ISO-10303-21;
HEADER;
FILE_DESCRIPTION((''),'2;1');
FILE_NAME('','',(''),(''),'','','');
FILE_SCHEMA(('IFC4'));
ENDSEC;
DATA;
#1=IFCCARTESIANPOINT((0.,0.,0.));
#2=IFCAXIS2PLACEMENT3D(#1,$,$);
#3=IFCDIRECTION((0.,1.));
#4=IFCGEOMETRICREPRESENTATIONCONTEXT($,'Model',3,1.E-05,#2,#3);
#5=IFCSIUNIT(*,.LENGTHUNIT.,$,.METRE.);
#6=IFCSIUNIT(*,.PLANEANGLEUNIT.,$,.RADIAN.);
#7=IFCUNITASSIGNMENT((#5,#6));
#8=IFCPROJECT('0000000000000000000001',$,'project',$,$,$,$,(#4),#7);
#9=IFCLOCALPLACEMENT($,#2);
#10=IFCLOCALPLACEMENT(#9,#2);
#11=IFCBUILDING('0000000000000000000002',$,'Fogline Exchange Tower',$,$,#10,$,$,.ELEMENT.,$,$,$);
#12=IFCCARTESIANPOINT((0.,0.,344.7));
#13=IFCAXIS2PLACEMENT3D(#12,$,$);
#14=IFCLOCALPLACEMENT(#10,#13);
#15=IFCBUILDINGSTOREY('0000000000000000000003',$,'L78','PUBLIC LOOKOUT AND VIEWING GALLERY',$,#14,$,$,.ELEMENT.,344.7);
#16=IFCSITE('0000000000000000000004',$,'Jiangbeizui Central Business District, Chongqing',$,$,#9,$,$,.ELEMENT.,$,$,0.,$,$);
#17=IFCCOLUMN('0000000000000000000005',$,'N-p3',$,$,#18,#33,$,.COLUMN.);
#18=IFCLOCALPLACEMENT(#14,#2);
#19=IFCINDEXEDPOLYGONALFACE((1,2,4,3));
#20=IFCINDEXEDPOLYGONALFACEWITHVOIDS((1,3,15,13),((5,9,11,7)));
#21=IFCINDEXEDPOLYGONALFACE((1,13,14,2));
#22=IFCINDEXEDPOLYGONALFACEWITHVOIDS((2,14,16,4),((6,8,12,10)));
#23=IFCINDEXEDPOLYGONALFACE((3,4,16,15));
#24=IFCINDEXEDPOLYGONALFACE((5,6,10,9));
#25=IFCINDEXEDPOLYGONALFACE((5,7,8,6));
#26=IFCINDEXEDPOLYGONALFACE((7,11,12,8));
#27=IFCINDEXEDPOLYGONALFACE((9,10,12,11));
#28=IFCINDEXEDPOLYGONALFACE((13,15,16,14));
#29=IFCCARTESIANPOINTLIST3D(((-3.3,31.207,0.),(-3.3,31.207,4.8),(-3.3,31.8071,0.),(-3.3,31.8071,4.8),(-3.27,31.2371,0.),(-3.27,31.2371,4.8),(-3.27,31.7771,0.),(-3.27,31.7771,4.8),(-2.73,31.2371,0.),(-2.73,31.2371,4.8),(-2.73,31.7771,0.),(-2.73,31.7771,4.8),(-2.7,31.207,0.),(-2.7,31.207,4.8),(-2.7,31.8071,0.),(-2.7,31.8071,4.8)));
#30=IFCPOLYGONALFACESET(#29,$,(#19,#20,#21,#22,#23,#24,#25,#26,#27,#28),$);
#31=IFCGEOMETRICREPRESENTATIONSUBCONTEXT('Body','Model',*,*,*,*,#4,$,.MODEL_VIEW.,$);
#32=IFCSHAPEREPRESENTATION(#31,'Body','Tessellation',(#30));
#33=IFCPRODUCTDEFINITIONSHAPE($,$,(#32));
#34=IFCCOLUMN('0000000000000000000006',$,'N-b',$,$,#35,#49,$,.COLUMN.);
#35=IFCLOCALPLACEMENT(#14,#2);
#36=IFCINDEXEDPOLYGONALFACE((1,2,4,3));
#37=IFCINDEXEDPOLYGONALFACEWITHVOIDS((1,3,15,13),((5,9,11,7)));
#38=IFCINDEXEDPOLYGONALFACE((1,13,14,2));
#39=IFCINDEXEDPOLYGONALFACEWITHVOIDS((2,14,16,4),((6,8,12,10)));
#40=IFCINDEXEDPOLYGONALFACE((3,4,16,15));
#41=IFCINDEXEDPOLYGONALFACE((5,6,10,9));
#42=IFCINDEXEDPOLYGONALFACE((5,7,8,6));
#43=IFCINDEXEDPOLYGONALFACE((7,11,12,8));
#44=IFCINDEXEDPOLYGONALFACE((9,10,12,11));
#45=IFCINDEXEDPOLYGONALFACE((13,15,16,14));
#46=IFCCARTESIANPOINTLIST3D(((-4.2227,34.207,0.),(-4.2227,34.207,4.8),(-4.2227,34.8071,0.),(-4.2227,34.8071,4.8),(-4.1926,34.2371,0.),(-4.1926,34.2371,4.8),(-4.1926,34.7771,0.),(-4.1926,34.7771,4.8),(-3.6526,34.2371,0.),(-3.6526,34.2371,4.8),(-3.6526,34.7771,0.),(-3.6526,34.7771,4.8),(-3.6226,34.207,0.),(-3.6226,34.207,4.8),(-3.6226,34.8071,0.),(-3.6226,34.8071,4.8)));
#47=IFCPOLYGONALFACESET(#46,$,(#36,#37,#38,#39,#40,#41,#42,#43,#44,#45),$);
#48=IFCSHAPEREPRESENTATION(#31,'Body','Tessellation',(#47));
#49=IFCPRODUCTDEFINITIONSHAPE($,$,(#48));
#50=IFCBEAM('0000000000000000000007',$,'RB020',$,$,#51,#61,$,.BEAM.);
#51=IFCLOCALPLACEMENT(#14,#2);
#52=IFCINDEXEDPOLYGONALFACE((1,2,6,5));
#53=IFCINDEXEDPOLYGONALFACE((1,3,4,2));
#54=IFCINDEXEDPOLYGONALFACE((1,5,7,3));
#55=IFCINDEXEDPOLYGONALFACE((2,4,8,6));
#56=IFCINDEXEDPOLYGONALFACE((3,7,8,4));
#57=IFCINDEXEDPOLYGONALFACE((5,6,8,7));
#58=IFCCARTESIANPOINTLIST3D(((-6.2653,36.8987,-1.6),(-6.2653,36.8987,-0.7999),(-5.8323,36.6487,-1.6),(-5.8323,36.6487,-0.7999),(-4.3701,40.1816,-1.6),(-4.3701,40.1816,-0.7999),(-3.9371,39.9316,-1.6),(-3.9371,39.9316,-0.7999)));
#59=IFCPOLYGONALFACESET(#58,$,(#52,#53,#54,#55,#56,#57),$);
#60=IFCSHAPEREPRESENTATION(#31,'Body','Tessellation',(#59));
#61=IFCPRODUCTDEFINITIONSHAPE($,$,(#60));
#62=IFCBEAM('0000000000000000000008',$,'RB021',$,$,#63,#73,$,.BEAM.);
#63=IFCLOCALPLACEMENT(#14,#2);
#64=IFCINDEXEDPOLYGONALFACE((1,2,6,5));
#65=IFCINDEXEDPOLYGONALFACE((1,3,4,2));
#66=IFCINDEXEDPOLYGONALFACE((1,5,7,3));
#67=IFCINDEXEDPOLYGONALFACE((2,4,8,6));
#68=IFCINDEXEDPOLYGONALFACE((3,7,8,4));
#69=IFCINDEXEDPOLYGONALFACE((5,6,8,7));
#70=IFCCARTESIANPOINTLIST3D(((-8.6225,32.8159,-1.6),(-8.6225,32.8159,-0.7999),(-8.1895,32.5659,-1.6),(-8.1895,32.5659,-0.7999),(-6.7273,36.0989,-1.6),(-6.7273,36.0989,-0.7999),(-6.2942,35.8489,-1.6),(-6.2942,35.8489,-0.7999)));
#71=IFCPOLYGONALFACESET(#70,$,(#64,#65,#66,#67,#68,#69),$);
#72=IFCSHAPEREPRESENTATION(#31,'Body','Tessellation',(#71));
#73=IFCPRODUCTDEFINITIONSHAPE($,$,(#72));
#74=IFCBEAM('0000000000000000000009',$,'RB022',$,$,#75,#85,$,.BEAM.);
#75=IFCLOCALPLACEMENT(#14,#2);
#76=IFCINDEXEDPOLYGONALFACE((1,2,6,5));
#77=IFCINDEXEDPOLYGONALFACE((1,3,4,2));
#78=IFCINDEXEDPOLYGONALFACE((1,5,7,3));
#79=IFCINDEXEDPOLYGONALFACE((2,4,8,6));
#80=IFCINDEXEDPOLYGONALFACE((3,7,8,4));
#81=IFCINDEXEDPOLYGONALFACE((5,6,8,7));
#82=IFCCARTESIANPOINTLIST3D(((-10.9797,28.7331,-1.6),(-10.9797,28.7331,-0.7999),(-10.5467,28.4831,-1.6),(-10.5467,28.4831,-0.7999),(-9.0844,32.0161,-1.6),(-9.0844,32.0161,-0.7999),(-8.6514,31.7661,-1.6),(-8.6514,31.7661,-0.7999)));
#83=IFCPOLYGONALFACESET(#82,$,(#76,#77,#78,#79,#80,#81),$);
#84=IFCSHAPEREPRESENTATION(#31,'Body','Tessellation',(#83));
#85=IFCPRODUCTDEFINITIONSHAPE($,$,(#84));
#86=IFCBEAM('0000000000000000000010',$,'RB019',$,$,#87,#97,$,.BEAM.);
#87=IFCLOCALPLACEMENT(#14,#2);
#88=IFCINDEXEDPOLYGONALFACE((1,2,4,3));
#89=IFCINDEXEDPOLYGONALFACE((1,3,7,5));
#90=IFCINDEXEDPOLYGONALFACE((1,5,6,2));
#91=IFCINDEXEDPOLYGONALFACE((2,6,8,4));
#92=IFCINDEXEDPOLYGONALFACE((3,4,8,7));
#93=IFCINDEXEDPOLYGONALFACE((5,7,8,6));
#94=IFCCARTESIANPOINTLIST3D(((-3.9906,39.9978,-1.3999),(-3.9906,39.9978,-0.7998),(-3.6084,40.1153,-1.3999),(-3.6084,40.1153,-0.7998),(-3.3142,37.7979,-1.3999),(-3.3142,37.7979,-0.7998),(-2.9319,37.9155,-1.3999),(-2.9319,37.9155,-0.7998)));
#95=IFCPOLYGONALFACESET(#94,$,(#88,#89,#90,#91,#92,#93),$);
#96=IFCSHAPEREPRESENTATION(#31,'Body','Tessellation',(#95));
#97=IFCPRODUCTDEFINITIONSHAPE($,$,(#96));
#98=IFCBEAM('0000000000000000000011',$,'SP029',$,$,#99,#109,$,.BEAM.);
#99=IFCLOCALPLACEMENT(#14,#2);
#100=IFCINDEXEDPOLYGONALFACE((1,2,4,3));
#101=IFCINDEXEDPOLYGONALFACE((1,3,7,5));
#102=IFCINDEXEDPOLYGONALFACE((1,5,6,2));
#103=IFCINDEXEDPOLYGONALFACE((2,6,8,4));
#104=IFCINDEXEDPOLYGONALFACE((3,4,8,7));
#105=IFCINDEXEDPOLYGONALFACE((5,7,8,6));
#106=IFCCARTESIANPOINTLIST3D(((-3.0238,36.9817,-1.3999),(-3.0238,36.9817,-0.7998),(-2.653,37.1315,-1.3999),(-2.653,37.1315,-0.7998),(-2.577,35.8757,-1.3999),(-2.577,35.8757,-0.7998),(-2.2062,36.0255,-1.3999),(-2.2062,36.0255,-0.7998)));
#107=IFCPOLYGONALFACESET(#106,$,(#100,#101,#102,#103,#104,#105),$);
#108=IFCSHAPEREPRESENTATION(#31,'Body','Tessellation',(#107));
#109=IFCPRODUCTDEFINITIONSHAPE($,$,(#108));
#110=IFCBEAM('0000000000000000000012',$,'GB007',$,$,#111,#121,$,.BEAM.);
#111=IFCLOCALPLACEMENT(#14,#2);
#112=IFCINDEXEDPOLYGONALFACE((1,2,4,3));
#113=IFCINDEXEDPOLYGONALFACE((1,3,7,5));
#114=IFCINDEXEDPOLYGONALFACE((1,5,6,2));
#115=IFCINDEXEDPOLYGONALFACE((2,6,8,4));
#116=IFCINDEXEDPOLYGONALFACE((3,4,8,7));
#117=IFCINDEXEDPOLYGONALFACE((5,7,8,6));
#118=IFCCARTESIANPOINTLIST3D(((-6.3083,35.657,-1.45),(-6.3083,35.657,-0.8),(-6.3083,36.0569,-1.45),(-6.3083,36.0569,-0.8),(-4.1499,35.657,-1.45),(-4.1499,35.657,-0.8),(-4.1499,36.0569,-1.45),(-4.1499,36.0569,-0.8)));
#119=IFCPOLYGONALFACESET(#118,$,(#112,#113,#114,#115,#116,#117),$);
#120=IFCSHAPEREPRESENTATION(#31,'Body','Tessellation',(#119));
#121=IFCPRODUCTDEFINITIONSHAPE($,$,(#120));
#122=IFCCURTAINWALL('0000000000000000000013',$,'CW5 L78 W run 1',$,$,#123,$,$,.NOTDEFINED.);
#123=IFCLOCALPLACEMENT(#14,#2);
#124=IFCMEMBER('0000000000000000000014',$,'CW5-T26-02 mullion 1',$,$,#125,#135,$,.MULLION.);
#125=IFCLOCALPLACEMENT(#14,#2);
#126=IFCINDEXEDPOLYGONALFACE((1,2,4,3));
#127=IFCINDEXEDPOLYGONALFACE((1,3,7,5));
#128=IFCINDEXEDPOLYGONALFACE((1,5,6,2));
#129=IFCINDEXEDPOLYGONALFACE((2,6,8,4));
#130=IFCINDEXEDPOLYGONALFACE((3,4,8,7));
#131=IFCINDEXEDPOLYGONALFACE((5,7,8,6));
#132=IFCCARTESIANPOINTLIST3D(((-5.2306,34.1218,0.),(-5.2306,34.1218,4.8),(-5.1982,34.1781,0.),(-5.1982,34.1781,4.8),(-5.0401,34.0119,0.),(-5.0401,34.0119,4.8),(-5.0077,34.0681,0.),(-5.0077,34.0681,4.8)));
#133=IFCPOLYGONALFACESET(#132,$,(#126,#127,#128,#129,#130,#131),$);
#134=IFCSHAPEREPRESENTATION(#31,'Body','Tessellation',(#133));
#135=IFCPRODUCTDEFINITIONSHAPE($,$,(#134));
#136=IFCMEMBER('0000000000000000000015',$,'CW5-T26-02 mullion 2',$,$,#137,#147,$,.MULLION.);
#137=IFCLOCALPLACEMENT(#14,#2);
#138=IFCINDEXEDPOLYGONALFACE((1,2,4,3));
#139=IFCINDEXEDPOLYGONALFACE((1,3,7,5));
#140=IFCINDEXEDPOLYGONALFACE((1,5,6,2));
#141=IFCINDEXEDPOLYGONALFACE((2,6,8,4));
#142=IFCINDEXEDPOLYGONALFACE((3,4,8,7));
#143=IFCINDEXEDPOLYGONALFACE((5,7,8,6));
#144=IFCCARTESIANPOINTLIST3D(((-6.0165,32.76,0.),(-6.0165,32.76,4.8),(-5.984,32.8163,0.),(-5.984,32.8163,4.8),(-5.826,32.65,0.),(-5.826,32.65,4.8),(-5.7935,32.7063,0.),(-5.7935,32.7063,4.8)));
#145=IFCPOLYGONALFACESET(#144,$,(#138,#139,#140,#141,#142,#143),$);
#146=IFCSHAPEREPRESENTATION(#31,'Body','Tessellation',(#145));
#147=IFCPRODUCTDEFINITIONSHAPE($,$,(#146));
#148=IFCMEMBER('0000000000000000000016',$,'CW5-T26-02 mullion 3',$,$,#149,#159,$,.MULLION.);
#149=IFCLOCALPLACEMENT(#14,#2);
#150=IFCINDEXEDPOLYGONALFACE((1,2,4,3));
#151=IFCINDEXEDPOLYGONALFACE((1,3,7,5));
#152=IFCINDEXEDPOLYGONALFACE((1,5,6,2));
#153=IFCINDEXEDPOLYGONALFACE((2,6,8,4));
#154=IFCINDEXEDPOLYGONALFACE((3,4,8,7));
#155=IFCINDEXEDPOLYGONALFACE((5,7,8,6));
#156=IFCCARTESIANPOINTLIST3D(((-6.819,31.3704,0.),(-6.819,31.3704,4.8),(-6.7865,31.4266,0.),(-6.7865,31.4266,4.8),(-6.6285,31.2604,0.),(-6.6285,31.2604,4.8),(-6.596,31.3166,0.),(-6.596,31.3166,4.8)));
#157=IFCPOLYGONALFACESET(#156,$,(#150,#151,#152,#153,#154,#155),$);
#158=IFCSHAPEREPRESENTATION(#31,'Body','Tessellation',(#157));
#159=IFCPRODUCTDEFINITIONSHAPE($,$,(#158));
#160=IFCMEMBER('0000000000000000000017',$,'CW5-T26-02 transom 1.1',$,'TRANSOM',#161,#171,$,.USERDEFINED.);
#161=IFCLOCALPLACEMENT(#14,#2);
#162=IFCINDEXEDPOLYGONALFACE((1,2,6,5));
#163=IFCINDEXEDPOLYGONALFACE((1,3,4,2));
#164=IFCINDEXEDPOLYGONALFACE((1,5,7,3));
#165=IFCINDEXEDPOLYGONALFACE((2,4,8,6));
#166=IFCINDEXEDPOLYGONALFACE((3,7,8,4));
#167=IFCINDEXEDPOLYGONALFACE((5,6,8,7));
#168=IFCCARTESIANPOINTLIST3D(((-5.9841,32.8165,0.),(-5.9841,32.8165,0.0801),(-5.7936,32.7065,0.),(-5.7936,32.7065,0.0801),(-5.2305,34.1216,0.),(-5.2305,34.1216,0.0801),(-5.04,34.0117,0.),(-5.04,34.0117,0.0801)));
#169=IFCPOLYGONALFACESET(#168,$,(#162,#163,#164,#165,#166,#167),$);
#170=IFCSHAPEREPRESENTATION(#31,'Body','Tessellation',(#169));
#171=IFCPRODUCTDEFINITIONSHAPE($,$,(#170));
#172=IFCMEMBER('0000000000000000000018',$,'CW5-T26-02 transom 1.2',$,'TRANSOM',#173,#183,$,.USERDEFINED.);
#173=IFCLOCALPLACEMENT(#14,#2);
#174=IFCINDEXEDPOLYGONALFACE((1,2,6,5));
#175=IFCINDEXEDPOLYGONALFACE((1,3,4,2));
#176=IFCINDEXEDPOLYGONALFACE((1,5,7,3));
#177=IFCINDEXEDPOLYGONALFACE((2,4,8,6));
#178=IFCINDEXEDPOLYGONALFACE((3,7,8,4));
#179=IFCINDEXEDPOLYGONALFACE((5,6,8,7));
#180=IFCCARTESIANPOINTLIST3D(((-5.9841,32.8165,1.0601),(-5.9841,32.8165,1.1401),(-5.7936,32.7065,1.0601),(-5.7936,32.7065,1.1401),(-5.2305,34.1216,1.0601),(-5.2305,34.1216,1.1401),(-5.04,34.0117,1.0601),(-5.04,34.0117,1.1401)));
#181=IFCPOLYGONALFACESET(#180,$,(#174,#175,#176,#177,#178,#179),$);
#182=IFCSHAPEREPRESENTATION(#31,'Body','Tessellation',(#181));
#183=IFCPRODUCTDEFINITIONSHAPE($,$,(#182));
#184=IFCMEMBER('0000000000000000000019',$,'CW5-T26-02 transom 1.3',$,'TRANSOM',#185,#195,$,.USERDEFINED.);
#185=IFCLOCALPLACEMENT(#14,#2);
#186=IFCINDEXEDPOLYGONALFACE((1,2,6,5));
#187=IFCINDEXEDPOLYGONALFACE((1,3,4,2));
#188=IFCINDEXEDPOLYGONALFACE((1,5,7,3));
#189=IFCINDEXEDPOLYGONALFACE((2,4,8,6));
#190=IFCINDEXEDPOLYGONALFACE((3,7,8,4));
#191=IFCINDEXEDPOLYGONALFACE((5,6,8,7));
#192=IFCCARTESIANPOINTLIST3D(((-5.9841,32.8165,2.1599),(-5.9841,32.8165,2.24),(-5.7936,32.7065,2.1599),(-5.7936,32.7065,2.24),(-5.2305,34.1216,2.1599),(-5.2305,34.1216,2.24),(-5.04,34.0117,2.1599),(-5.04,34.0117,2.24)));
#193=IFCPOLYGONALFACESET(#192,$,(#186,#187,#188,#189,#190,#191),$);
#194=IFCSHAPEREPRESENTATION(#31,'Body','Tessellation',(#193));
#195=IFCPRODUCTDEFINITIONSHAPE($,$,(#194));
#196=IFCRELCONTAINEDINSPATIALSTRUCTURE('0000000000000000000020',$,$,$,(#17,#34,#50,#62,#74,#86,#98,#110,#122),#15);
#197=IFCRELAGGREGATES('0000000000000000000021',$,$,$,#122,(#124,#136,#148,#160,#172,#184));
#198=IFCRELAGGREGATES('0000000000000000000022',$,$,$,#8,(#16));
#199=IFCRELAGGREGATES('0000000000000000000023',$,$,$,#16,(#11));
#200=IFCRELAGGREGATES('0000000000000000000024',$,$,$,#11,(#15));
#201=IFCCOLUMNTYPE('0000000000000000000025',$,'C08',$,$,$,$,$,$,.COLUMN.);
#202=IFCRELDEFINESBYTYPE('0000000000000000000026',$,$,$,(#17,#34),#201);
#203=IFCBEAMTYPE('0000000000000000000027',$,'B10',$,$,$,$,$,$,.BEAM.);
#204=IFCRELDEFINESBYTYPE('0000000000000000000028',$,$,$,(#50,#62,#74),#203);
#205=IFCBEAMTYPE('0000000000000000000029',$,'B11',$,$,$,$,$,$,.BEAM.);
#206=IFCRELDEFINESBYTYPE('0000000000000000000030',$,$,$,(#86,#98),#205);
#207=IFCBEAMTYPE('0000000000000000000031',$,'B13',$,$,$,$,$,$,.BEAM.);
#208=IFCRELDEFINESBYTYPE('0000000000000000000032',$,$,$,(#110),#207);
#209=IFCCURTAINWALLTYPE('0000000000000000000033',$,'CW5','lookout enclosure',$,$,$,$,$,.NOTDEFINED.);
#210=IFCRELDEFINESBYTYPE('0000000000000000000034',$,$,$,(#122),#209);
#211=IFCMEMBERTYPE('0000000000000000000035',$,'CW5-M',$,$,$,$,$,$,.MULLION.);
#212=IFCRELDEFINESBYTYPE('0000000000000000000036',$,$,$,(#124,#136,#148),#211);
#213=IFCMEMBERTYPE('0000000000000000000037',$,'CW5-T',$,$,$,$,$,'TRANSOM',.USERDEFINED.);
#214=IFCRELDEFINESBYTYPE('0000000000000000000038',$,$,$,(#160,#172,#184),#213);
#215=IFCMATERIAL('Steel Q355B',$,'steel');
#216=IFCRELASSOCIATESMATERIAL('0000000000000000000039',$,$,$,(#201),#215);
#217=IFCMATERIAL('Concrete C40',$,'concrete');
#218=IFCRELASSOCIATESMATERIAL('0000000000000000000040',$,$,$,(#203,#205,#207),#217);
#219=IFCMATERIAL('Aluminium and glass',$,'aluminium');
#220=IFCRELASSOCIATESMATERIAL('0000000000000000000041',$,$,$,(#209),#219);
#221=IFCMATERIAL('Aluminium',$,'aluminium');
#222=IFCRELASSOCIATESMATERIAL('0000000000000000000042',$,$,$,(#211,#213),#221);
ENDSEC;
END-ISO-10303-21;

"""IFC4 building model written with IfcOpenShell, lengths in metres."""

from ifc_helpers import new_model, si_unit, direction, frame, origin, origin_2d, place, context, subcontext, project, spatial, rectangle, hollow_rectangle, extrude, material, material_profile, profile_set, type_object, element, aggregate, save


model = new_model("IFC4")

# Units and contexts
model_context = context("Model", 3, precision=1e-05, world=origin(), true_north=direction((0.0, 1.0)))
body_context = subcontext(model_context, "Body", "Model", "MODEL_VIEW")
ifc_project = project(units=[si_unit("LENGTHUNIT", "METRE"), si_unit("PLANEANGLEUNIT", "RADIAN")], contexts=[model_context])

# Site, building, storey
site_placement = place(None, origin())
site = spatial("IfcSite", under=ifc_project, at=site_placement, Name="Jiangbeizui Central Business District, Chongqing", CompositionType="ELEMENT", RefElevation=0.0)
building_placement = place(site_placement, origin())
building = spatial("IfcBuilding", under=site, at=building_placement, Name="Fogline Exchange Tower", CompositionType="ELEMENT")
storey_placement = place(building_placement, frame((0.0, 0.0, 344.7)))
storey = spatial("IfcBuildingStorey", under=building, at=storey_placement, Name="L78", Description="PUBLIC LOOKOUT AND VIEWING GALLERY", CompositionType="ELEMENT", Elevation=344.7)

# Columns
ifc_material_1 = material(Name="Steel Q355B", Category="steel")
ifc_material_profile_1 = material_profile(ifc_material_1, hollow_rectangle(XDim=0.6001, YDim=0.6001, WallThickness=0.03, at=origin_2d()), Name="BOX600X600X30")
ifc_profile_set_1 = profile_set([ifc_material_profile_1], Name="Steel Q355B")
column_type = type_object("IfcColumnType", Name="C08", PredefinedType="COLUMN", material=ifc_profile_set_1)
for number, where, z_axis, x_axis, name in (
    (1, (-3.0, 31.5071, 0.0), (0.0, 0.0, 1.0), (1.0, 0.0, 0.0), "N-p3"),
    (2, (-3.9226, 34.5071, 0.0), (0.0, 0.0, 1.0), (1.0, 0.0, 0.0), "N-b"),
):
    element("IfcColumn", number, at=place(storey_placement, frame(where, z_axis=z_axis, x_axis=x_axis)), inside=storey, type_object=column_type, Name=name, PredefinedType="COLUMN", context=body_context, shape_type="SweptSolid", body=[
        extrude(hollow_rectangle(XDim=0.6001, YDim=0.6001, WallThickness=0.03, at=origin_2d()), origin(), (0.0, 0.0, 1.0), 4.8),
    ])

# Beams
ifc_material_2 = material(Name="Concrete C40", Category="concrete")
ifc_material_profile_2 = material_profile(ifc_material_2, rectangle(XDim=0.5, YDim=0.8, at=origin_2d()), Name="RC 500x800")
ifc_profile_set_2 = profile_set([ifc_material_profile_2], Name="Concrete C40")
beam_type_1 = type_object("IfcBeamType", Name="B10", PredefinedType="BEAM", material=ifc_profile_set_2)
for number, where, z_axis, x_axis, name in (
    (3, (-4.1536, 40.0566, -1.2), (-0.49997, -0.866043, 0.0), (0.866043, -0.49997, 0.0), "RB020"),
    (4, (-6.5107, 35.9739, -1.2), (-0.49997, -0.866043, 0.0), (0.866043, -0.49997, 0.0), "RB021"),
    (5, (-8.8679, 31.8911, -1.2), (-0.49997, -0.866043, 0.0), (0.866043, -0.49997, 0.0), "RB022"),
):
    element("IfcBeam", number, at=place(storey_placement, frame(where, z_axis=z_axis, x_axis=x_axis)), inside=storey, type_object=beam_type_1, Name=name, PredefinedType="BEAM", context=body_context, shape_type="SweptSolid", body=[
        extrude(rectangle(XDim=0.5, YDim=0.8, at=origin_2d()), origin(), (0.0, 0.0, 1.0), 3.7908),
    ])
ifc_material_profile_3 = material_profile(ifc_material_2, rectangle(XDim=0.3999, YDim=0.6001, at=origin_2d()), Name="RC 400x600")
ifc_profile_set_3 = profile_set([ifc_material_profile_3], Name="Concrete C40")
beam_type_2 = type_object("IfcBeamType", Name="B11", PredefinedType="BEAM", material=ifc_profile_set_3)
beam_1_placement = place(storey_placement, frame((-3.123, 37.8567, -1.0999), z_axis=(-0.293929, 0.955827, 0.0), x_axis=(-0.955827, -0.293929, 0.0)))
element("IfcBeam", 6, at=beam_1_placement, inside=storey, type_object=beam_type_2, Name="RB019", PredefinedType="BEAM", context=body_context, shape_type="SweptSolid", body=[
    extrude(rectangle(XDim=0.3999, YDim=0.6001, at=origin_2d()), origin(), (0.0, 0.0, 1.0), 2.3015),
])
beam_2_placement = place(storey_placement, frame((-2.8384, 37.0566, -1.0999), z_axis=(0.374565, -0.927201, 0.0), x_axis=(0.927201, 0.374565, 0.0)))
element("IfcBeam", 7, at=beam_2_placement, inside=storey, type_object=beam_type_2, Name="SP029", PredefinedType="BEAM", context=body_context, shape_type="SweptSolid", body=[
    extrude(rectangle(XDim=0.3999, YDim=0.6001, at=origin_2d()), origin(), (0.0, 0.0, 1.0), 1.1929),
])
ifc_material_profile_4 = material_profile(ifc_material_2, rectangle(XDim=0.3999, YDim=0.6499, at=origin_2d()), Name="RC 400x650")
ifc_profile_set_4 = profile_set([ifc_material_profile_4], Name="Concrete C40")
beam_type_3 = type_object("IfcBeamType", Name="B13", PredefinedType="BEAM", material=ifc_profile_set_4)
beam_3_placement = place(storey_placement, frame((-6.3083, 35.8569, -1.125), z_axis=(1.0, 0.0, 0.0), x_axis=(0.0, 1.0, 0.0)))
element("IfcBeam", 8, at=beam_3_placement, inside=storey, type_object=beam_type_3, Name="GB007", PredefinedType="BEAM", context=body_context, shape_type="SweptSolid", body=[
    extrude(rectangle(XDim=0.3999, YDim=0.6499, at=origin_2d()), origin(), (0.0, 0.0, 1.0), 2.1584),
])

# Curtain wall, members
ifc_material_3 = material(Name="Aluminium and glass", Category="aluminium")
curtain_wall_type = type_object("IfcCurtainWallType", Name="CW5", Description="lookout enclosure", PredefinedType="NOTDEFINED", material=ifc_material_3)
curtain_wall_placement = place(storey_placement, origin())
curtain_wall = element("IfcCurtainWall", 9, at=curtain_wall_placement, inside=storey, type_object=curtain_wall_type, Name="CW5 L78 W run 1", PredefinedType="NOTDEFINED")
ifc_material_4 = material(Name="Aluminium", Category="aluminium")
ifc_material_profile_5 = material_profile(ifc_material_4, rectangle(XDim=0.22, YDim=0.0649, at=origin_2d()), Name="Mullion 65x220")
ifc_profile_set_5 = profile_set([ifc_material_profile_5], Name="Aluminium")
member_type_1 = type_object("IfcMemberType", Name="CW5-M", PredefinedType="MULLION", material=ifc_profile_set_5)
member_1_placement = place(storey_placement, frame((-5.1191, 34.095, 0.0), z_axis=(0.0, 0.0, 1.0), x_axis=(0.866025, -0.5, 0.0)))
member_1 = element("IfcMember", 10, at=member_1_placement, type_object=member_type_1, Name="CW5-T26-02 mullion 1", PredefinedType="MULLION", context=body_context, shape_type="SweptSolid", body=[
    extrude(rectangle(XDim=0.22, YDim=0.0649, at=origin_2d()), origin(), (0.0, 0.0, 1.0), 4.8),
])
member_2_placement = place(storey_placement, frame((-5.905, 32.7332, 0.0), z_axis=(0.0, 0.0, 1.0), x_axis=(0.866025, -0.5, 0.0)))
member_2 = element("IfcMember", 11, at=member_2_placement, type_object=member_type_1, Name="CW5-T26-02 mullion 2", PredefinedType="MULLION", context=body_context, shape_type="SweptSolid", body=[
    extrude(rectangle(XDim=0.22, YDim=0.0649, at=origin_2d()), origin(), (0.0, 0.0, 1.0), 4.8),
])
member_3_placement = place(storey_placement, frame((-6.7075, 31.3435, 0.0), z_axis=(0.0, 0.0, 1.0), x_axis=(0.866025, -0.5, 0.0)))
member_3 = element("IfcMember", 12, at=member_3_placement, type_object=member_type_1, Name="CW5-T26-02 mullion 3", PredefinedType="MULLION", context=body_context, shape_type="SweptSolid", body=[
    extrude(rectangle(XDim=0.22, YDim=0.0649, at=origin_2d()), origin(), (0.0, 0.0, 1.0), 4.8),
])
ifc_material_profile_6 = material_profile(ifc_material_4, rectangle(XDim=0.22, YDim=0.0801, at=origin_2d()), Name="Transom 80x220")
ifc_profile_set_6 = profile_set([ifc_material_profile_6], Name="Aluminium")
member_type_2 = type_object("IfcMemberType", Name="CW5-T", ElementType="TRANSOM", PredefinedType="USERDEFINED", material=ifc_profile_set_6)
member_4_placement = place(storey_placement, frame((-5.1353, 34.0667, 0.04), z_axis=(-0.500059, -0.865991, 0.0), x_axis=(0.865991, -0.500059, 0.0)))
member_4 = element("IfcMember", 13, at=member_4_placement, type_object=member_type_2, Name="CW5-T26-02 transom 1.1", ObjectType="TRANSOM", PredefinedType="USERDEFINED", context=body_context, shape_type="SweptSolid", body=[
    extrude(rectangle(XDim=0.22, YDim=0.0801, at=origin_2d()), origin(), (0.0, 0.0, 1.0), 1.5071),
])
member_5_placement = place(storey_placement, frame((-5.1353, 34.0667, 1.1001), z_axis=(-0.500059, -0.865991, 0.0), x_axis=(0.865991, -0.500059, 0.0)))
member_5 = element("IfcMember", 14, at=member_5_placement, type_object=member_type_2, Name="CW5-T26-02 transom 1.2", ObjectType="TRANSOM", PredefinedType="USERDEFINED", context=body_context, shape_type="SweptSolid", body=[
    extrude(rectangle(XDim=0.22, YDim=0.0801, at=origin_2d()), origin(), (0.0, 0.0, 1.0), 1.5071),
])
member_6_placement = place(storey_placement, frame((-5.1353, 34.0667, 2.2), z_axis=(-0.500059, -0.865991, 0.0), x_axis=(0.865991, -0.500059, 0.0)))
member_6 = element("IfcMember", 15, at=member_6_placement, type_object=member_type_2, Name="CW5-T26-02 transom 1.3", ObjectType="TRANSOM", PredefinedType="USERDEFINED", context=body_context, shape_type="SweptSolid", body=[
    extrude(rectangle(XDim=0.22, YDim=0.0801, at=origin_2d()), origin(), (0.0, 0.0, 1.0), 1.5071),
])
aggregate(curtain_wall, [member_1, member_2, member_3, member_4, member_5, member_6])

save(model, "model.ifc")
